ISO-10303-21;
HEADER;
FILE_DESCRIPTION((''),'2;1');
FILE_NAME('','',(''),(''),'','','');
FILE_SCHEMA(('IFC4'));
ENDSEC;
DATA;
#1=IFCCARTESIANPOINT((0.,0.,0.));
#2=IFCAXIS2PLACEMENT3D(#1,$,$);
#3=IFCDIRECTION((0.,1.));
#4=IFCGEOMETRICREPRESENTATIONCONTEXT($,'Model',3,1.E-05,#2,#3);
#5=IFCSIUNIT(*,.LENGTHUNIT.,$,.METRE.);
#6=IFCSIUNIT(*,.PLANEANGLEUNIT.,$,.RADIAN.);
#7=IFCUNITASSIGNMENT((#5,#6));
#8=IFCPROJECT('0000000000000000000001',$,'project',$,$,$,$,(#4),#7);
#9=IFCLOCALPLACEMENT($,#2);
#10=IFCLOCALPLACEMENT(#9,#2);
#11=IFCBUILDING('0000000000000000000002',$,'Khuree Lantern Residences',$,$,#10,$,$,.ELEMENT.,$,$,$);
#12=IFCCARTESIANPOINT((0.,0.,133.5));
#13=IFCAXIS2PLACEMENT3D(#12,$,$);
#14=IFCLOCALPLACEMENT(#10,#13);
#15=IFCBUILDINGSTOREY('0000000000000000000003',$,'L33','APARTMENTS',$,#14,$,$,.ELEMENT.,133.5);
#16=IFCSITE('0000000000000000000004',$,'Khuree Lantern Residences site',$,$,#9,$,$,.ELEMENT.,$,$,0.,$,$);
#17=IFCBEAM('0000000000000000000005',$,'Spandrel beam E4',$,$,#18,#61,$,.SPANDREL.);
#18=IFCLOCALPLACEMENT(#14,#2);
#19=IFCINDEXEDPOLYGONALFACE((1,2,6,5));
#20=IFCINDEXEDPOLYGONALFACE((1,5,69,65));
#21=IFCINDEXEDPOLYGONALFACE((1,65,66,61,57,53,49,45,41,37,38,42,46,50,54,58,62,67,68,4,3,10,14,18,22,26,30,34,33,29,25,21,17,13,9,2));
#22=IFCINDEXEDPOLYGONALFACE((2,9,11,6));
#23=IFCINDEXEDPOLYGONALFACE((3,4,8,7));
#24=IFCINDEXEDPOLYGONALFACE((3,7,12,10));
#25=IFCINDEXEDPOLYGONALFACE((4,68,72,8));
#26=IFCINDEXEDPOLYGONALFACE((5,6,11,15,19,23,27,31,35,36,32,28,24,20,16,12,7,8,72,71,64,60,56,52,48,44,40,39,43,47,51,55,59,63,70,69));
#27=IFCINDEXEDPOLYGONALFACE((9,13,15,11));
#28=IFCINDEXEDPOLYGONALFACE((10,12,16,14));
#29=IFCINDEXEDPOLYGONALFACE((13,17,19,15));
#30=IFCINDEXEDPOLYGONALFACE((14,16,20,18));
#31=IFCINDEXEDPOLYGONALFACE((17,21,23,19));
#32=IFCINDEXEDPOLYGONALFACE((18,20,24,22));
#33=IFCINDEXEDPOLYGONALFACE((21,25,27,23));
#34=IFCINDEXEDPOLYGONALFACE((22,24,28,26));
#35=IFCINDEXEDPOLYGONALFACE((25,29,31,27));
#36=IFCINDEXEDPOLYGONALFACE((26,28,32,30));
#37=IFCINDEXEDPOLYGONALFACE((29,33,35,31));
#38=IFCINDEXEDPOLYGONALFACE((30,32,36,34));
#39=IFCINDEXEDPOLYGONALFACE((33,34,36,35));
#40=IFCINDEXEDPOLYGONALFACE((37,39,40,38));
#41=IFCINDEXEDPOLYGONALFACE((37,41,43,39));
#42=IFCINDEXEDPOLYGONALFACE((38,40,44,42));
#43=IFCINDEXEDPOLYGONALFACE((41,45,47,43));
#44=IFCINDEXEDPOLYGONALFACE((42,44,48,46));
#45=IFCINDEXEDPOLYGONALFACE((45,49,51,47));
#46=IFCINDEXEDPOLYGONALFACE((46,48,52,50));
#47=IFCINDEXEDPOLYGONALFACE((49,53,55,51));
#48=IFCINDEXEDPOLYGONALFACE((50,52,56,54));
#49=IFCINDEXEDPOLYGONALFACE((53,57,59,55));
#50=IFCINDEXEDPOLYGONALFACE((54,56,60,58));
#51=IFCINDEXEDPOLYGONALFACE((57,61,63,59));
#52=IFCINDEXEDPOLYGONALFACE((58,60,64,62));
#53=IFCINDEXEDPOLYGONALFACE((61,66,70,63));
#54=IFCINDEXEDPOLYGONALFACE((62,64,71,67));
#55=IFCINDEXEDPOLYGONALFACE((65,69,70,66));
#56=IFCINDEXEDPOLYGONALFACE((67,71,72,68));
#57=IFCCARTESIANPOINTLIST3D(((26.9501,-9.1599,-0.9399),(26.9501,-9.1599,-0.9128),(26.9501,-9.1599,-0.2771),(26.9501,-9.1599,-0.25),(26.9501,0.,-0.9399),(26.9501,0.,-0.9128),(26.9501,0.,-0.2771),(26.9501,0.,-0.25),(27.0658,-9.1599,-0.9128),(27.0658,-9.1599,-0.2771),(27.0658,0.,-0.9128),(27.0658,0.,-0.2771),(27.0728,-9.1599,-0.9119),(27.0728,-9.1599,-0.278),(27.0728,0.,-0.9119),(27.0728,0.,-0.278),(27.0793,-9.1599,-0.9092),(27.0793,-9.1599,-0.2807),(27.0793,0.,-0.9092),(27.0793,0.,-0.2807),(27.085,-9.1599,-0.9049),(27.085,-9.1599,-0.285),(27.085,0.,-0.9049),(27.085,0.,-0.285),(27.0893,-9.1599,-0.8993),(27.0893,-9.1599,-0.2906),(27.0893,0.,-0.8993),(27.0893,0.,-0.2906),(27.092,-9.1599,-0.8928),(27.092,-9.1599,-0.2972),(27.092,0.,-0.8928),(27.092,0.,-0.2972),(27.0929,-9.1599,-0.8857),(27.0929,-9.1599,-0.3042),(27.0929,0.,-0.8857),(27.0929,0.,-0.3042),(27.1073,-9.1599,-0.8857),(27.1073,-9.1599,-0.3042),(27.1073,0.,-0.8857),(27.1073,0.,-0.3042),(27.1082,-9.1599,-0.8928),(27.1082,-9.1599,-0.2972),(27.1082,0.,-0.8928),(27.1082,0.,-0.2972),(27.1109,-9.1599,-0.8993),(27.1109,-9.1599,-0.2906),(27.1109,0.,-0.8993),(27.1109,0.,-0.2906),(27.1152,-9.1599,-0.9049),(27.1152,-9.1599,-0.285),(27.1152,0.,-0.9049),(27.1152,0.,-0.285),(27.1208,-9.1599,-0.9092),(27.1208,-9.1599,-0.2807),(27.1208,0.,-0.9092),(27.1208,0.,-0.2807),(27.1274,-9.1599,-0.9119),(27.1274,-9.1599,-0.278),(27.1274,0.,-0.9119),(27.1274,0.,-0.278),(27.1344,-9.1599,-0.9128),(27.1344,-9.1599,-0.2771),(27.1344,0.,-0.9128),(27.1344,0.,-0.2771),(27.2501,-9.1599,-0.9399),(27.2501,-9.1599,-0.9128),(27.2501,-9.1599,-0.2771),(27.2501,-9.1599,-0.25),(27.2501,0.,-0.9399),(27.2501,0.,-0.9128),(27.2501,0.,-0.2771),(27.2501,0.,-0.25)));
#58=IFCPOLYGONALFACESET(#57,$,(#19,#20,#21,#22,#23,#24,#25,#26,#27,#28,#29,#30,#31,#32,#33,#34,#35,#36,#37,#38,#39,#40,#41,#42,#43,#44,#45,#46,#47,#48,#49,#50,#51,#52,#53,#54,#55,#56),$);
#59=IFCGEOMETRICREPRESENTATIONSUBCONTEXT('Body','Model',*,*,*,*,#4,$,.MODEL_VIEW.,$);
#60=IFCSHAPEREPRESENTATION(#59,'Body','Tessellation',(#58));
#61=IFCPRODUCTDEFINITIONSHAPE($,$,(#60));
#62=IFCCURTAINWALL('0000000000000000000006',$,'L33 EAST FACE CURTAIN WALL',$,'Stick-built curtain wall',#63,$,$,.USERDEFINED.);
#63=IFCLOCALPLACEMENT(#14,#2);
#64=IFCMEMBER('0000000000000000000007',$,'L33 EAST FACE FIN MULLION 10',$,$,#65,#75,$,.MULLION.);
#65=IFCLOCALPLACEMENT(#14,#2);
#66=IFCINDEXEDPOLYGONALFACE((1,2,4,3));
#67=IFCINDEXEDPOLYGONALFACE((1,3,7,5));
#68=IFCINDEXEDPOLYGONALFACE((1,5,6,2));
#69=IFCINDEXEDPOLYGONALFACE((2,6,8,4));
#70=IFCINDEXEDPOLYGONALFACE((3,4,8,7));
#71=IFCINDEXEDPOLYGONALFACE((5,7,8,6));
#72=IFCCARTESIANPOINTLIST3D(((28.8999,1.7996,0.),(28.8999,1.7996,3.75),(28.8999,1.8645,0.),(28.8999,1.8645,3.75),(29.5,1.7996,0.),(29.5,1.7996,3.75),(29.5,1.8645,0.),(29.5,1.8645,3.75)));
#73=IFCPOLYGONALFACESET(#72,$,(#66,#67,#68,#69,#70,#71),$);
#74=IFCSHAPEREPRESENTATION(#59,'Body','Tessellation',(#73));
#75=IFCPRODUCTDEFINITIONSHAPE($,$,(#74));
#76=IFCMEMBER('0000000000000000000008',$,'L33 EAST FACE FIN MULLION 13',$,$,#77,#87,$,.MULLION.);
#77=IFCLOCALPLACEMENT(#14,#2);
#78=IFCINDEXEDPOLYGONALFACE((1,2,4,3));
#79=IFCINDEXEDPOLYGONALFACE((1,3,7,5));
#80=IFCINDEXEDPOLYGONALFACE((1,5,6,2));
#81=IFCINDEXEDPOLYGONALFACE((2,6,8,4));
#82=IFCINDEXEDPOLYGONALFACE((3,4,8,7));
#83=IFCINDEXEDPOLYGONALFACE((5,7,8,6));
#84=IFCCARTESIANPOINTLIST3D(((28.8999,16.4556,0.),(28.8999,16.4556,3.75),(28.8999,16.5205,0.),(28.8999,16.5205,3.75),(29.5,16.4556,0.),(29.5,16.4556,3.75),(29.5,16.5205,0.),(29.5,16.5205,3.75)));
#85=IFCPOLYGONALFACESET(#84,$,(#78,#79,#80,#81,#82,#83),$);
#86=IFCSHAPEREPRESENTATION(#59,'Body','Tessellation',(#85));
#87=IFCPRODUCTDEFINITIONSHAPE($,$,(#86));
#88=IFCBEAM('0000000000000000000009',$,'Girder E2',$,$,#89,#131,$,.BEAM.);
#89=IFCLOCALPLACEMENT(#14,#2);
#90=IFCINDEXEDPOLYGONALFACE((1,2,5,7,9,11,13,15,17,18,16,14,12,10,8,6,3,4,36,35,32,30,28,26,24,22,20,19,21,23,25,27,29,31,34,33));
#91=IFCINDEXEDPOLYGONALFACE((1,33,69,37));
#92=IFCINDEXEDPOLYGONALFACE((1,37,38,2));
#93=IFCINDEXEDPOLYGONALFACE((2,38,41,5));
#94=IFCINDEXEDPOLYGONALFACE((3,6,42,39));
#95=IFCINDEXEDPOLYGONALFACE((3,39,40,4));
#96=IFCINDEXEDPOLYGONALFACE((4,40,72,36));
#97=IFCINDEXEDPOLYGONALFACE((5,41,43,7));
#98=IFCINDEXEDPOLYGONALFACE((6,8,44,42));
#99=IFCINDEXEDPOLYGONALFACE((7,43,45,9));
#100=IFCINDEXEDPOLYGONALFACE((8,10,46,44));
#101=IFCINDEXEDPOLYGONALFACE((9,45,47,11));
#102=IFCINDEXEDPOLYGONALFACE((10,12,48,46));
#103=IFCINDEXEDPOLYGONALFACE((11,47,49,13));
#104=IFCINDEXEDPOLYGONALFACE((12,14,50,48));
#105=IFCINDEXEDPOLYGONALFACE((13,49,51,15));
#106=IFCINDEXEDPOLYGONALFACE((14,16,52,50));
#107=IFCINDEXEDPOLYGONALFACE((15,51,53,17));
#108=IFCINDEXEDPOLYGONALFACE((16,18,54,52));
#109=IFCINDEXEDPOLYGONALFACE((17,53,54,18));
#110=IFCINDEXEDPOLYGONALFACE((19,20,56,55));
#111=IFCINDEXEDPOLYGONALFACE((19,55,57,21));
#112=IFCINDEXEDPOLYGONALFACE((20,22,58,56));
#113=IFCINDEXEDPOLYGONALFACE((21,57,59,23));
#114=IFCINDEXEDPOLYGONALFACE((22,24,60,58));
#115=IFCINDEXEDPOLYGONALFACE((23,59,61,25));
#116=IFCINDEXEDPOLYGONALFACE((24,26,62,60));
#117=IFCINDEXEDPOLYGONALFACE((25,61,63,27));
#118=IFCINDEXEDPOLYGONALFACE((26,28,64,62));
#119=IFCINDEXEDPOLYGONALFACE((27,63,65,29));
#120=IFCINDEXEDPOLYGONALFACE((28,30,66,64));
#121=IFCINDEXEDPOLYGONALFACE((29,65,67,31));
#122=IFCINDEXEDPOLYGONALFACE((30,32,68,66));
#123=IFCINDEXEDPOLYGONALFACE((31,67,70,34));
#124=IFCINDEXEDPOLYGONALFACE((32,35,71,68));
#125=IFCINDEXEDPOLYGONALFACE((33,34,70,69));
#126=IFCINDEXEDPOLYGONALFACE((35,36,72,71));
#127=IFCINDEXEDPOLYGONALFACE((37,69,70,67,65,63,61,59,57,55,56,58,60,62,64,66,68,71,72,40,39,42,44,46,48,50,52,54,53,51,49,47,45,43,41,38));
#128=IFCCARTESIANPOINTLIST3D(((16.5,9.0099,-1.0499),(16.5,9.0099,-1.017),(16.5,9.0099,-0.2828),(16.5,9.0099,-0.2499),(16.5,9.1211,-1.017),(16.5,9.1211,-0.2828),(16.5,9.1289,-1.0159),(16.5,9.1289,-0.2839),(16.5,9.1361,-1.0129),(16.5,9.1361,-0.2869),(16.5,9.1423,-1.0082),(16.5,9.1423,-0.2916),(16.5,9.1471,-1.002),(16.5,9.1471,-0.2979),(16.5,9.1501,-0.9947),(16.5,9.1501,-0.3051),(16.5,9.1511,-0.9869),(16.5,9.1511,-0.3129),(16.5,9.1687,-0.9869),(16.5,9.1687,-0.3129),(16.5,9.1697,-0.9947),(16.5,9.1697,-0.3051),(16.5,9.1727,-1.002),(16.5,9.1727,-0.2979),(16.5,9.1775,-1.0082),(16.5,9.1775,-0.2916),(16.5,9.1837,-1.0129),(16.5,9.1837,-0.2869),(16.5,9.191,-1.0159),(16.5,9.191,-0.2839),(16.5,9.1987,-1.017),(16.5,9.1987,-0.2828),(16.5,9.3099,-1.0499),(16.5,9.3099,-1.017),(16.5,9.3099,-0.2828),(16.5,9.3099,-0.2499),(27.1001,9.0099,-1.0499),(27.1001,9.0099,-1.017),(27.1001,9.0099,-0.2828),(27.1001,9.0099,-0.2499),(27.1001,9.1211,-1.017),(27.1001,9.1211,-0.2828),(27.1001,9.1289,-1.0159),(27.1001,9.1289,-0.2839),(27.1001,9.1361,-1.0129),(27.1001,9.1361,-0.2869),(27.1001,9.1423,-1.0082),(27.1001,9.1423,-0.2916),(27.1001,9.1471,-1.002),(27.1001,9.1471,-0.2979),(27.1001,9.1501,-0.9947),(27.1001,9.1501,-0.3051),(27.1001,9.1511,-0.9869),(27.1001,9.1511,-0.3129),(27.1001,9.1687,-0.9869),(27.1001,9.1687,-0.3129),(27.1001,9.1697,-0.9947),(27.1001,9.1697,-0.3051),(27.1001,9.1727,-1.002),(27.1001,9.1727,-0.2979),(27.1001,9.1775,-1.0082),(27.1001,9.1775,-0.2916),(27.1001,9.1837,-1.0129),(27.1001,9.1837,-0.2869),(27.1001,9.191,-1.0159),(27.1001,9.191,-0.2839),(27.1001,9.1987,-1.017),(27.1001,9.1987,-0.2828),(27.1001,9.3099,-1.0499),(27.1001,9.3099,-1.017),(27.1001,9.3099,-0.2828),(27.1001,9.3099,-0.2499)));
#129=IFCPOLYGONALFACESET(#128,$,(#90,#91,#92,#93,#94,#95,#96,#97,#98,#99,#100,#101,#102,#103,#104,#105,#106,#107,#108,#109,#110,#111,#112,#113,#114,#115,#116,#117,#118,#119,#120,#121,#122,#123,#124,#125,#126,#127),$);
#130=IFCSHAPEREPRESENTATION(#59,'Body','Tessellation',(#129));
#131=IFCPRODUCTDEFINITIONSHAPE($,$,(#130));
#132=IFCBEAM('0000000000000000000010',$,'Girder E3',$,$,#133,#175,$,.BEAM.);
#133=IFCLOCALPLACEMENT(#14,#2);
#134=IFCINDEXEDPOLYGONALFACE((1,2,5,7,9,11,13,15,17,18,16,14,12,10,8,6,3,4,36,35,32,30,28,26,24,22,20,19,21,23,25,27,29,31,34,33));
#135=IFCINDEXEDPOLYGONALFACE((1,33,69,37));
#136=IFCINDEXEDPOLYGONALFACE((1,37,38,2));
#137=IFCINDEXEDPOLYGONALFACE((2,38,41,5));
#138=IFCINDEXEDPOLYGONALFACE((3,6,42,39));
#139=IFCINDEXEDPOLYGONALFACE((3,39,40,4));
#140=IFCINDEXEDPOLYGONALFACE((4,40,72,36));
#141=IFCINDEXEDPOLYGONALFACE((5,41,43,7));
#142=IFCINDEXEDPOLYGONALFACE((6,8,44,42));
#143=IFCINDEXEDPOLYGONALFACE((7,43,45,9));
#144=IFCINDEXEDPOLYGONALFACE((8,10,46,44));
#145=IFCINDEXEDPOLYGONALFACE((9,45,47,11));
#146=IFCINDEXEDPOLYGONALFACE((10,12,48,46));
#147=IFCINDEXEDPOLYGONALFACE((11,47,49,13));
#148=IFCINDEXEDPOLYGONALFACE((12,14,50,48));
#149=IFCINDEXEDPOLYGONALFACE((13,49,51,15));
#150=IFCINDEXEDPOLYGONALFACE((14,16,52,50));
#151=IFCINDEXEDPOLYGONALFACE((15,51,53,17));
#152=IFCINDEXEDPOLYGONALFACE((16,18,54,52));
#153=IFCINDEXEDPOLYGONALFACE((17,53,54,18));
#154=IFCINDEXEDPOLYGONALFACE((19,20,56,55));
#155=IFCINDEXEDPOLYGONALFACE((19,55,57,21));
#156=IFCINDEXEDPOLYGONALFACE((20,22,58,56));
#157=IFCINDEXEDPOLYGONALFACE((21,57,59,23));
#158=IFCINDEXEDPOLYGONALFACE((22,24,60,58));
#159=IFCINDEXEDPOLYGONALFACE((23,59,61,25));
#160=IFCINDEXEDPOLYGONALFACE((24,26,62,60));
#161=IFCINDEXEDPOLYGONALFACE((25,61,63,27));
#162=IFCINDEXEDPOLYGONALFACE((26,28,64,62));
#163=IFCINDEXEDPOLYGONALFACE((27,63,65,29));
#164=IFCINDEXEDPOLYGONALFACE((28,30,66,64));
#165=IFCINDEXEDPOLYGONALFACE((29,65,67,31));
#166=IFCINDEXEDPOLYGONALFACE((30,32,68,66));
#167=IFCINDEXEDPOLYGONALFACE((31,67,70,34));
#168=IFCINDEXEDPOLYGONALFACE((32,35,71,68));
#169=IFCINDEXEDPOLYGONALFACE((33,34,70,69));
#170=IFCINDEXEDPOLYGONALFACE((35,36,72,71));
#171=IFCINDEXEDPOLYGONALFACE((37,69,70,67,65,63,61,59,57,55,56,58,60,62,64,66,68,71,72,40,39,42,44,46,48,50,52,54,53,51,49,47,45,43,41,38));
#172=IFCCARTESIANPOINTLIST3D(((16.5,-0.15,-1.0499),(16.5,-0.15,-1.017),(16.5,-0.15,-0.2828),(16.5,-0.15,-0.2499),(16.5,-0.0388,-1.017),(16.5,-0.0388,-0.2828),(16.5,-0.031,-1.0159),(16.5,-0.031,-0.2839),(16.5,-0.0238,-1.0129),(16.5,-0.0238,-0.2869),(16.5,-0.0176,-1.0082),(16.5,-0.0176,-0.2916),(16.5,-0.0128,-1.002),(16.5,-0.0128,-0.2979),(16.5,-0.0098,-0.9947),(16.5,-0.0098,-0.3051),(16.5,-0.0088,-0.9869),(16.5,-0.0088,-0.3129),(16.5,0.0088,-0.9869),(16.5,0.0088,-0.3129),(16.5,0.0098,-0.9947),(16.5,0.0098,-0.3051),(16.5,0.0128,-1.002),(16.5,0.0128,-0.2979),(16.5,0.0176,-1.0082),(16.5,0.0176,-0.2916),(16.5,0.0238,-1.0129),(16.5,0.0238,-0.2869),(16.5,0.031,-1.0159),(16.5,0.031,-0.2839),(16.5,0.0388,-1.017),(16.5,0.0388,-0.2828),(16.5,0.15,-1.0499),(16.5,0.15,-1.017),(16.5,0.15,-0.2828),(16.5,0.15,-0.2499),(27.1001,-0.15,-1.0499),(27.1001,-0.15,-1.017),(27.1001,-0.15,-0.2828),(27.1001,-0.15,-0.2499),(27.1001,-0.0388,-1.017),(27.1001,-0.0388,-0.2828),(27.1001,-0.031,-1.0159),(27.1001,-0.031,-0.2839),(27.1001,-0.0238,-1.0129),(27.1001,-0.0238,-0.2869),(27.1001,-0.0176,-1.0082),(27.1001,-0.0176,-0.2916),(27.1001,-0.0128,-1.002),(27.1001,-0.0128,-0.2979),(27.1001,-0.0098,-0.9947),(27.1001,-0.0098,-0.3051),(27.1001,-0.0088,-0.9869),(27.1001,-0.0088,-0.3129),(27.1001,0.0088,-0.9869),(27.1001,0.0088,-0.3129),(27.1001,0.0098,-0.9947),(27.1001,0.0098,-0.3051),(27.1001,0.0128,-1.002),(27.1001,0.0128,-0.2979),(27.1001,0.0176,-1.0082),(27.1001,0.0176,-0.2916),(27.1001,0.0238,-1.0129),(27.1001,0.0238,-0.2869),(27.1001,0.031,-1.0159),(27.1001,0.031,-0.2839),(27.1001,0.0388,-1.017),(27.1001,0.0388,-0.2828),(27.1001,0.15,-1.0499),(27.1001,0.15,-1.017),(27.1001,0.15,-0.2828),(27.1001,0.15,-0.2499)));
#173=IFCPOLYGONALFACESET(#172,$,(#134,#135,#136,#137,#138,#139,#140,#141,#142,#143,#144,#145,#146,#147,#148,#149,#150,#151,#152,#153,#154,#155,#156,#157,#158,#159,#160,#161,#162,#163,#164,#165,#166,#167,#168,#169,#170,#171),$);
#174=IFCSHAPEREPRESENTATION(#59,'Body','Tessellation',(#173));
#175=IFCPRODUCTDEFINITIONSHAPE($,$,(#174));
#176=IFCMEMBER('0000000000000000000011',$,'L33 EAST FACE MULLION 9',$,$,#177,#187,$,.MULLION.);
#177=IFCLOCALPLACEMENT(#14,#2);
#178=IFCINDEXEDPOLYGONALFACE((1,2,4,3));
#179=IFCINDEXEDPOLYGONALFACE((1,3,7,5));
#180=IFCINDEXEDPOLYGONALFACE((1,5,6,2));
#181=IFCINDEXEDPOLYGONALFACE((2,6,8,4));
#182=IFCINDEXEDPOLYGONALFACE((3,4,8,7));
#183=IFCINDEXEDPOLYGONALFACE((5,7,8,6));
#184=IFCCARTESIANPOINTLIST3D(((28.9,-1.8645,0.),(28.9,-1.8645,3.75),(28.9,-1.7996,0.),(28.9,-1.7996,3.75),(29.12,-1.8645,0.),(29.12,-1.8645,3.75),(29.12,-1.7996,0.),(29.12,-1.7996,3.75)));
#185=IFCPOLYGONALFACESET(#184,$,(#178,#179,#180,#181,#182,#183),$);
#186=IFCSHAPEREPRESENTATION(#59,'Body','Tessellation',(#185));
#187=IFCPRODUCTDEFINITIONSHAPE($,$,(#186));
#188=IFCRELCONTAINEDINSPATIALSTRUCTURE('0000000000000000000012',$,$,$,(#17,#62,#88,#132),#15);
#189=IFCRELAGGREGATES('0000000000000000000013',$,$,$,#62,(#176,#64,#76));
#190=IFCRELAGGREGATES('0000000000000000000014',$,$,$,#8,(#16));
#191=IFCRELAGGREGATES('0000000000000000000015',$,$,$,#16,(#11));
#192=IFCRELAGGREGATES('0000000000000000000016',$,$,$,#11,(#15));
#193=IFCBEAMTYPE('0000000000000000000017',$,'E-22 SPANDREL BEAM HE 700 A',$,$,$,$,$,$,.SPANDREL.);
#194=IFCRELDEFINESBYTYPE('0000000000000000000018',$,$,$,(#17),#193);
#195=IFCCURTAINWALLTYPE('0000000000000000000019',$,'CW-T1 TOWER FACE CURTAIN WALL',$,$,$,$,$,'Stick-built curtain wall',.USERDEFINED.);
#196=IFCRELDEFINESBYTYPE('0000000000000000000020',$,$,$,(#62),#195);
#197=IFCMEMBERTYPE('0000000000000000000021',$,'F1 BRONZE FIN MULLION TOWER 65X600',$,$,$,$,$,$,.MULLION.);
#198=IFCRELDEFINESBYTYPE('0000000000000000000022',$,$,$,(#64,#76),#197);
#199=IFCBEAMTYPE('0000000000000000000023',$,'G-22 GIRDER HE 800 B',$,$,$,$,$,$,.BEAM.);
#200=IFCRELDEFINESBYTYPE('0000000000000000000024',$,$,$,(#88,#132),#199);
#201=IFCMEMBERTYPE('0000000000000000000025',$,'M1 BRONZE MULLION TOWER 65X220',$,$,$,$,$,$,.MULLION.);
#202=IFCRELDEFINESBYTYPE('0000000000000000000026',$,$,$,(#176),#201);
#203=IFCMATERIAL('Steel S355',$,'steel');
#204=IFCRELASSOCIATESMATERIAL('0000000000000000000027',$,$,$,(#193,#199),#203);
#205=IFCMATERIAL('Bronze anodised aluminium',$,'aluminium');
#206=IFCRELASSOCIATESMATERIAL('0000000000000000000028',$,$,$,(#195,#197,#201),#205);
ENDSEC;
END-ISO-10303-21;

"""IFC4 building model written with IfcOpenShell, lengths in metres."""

from ifc_helpers import new_model, si_unit, direction, frame, origin, origin_2d, place, context, subcontext, project, spatial, rectangle, i_section, extrude, material, material_profile, profile_set, type_object, element, aggregate, save


model = new_model("IFC4")

# Units and contexts
model_context = context("Model", 3, precision=1e-05, world=origin(), true_north=direction((0.0, 1.0)))
body_context = subcontext(model_context, "Body", "Model", "MODEL_VIEW")
ifc_project = project(units=[si_unit("LENGTHUNIT", "METRE"), si_unit("PLANEANGLEUNIT", "RADIAN")], contexts=[model_context])

# Site, building, storey
site_placement = place(None, origin())
site = spatial("IfcSite", under=ifc_project, at=site_placement, Name="Khuree Lantern Residences site", CompositionType="ELEMENT", RefElevation=0.0)
building_placement = place(site_placement, origin())
building = spatial("IfcBuilding", under=site, at=building_placement, Name="Khuree Lantern Residences", CompositionType="ELEMENT")
storey_placement = place(building_placement, frame((0.0, 0.0, 133.5)))
storey = spatial("IfcBuildingStorey", under=building, at=storey_placement, Name="L33", Description="APARTMENTS", CompositionType="ELEMENT", Elevation=133.5)

# Beam
ifc_material_1 = material(Name="Steel S355", Category="steel")
ifc_material_profile_1 = material_profile(ifc_material_1, i_section(OverallWidth=0.3, OverallDepth=0.6899, WebThickness=0.0144, FlangeThickness=0.0271, FilletRadius=0.0271, at=origin_2d()), Name="HE 700 A")
ifc_profile_set_1 = profile_set([ifc_material_profile_1], Name="Steel S355")
beam_type_1 = type_object("IfcBeamType", Name="E-22 SPANDREL BEAM HE 700 A", PredefinedType="SPANDREL", material=ifc_profile_set_1)
for number, where, z_axis, x_axis, name in (
    (1, (27.1001, 0.0, -0.595), (0.0, -1.0, 0.0), (1.0, 0.0, 0.0), "Spandrel beam E4"),
):
    element("IfcBeam", number, at=place(storey_placement, frame(where, z_axis=z_axis, x_axis=x_axis)), inside=storey, type_object=beam_type_1, Name=name, PredefinedType="SPANDREL", context=body_context, shape_type="SweptSolid", body=[
        extrude(i_section(OverallWidth=0.3, OverallDepth=0.6899, WebThickness=0.0144, FlangeThickness=0.0271, FilletRadius=0.0271, at=origin_2d()), origin(), (0.0, 0.0, 1.0), 9.1599),
    ])

# Curtain wall, members
ifc_material_2 = material(Name="Bronze anodised aluminium", Category="aluminium")
curtain_wall_type = type_object("IfcCurtainWallType", Name="CW-T1 TOWER FACE CURTAIN WALL", ElementType="Stick-built curtain wall", PredefinedType="USERDEFINED", material=ifc_material_2)
curtain_wall_placement = place(storey_placement, origin())
curtain_wall = element("IfcCurtainWall", 2, at=curtain_wall_placement, inside=storey, type_object=curtain_wall_type, Name="L33 EAST FACE CURTAIN WALL", ObjectType="Stick-built curtain wall", PredefinedType="USERDEFINED")
ifc_material_profile_2 = material_profile(ifc_material_2, rectangle(XDim=0.0649, YDim=0.6001, at=origin_2d()), Name="F1 65X600")
ifc_profile_set_2 = profile_set([ifc_material_profile_2], Name="Bronze anodised aluminium")
member_type_1 = type_object("IfcMemberType", Name="F1 BRONZE FIN MULLION TOWER 65X600", PredefinedType="MULLION", material=ifc_profile_set_2)
member_1_placement = place(storey_placement, frame((29.2, 1.832, 0.0), z_axis=(0.0, 0.0, 1.0), x_axis=(0.0, 1.0, 0.0)))
member_1 = element("IfcMember", 3, at=member_1_placement, type_object=member_type_1, Name="L33 EAST FACE FIN MULLION 10", PredefinedType="MULLION", context=body_context, shape_type="SweptSolid", body=[
    extrude(rectangle(XDim=0.0649, YDim=0.6001, at=origin_2d()), origin(), (0.0, 0.0, 1.0), 3.75),
])
member_2_placement = place(storey_placement, frame((29.2, 16.488, 0.0), z_axis=(0.0, 0.0, 1.0), x_axis=(0.0, 1.0, 0.0)))
member_2 = element("IfcMember", 4, at=member_2_placement, type_object=member_type_1, Name="L33 EAST FACE FIN MULLION 13", PredefinedType="MULLION", context=body_context, shape_type="SweptSolid", body=[
    extrude(rectangle(XDim=0.0649, YDim=0.6001, at=origin_2d()), origin(), (0.0, 0.0, 1.0), 3.75),
])

# Beams
ifc_material_profile_3 = material_profile(ifc_material_1, i_section(OverallWidth=0.3, OverallDepth=0.8, WebThickness=0.0176, FlangeThickness=0.033, FilletRadius=0.03, at=origin_2d()), Name="HE 800 B")
ifc_profile_set_3 = profile_set([ifc_material_profile_3], Name="Steel S355")
beam_type_2 = type_object("IfcBeamType", Name="G-22 GIRDER HE 800 B", PredefinedType="BEAM", material=ifc_profile_set_3)
for number, where, z_axis, x_axis, name in (
    (5, (27.1001, 9.1599, -0.6499), (-1.0, 0.0, 0.0), (0.0, -1.0, 0.0), "Girder E2"),
    (6, (27.1001, 0.0, -0.6499), (-1.0, 0.0, 0.0), (0.0, -1.0, 0.0), "Girder E3"),
):
    element("IfcBeam", number, at=place(storey_placement, frame(where, z_axis=z_axis, x_axis=x_axis)), inside=storey, type_object=beam_type_2, Name=name, PredefinedType="BEAM", context=body_context, shape_type="SweptSolid", body=[
        extrude(i_section(OverallWidth=0.3, OverallDepth=0.8, WebThickness=0.0176, FlangeThickness=0.033, FilletRadius=0.03, at=origin_2d()), origin(), (0.0, 0.0, 1.0), 10.6001),
    ])

# Member
ifc_material_profile_4 = material_profile(ifc_material_2, rectangle(XDim=0.0649, YDim=0.22, at=origin_2d()), Name="M1 65X220")
ifc_profile_set_4 = profile_set([ifc_material_profile_4], Name="Bronze anodised aluminium")
member_type_2 = type_object("IfcMemberType", Name="M1 BRONZE MULLION TOWER 65X220", PredefinedType="MULLION", material=ifc_profile_set_4)
member_3_placement = place(storey_placement, frame((29.01, -1.832, 0.0), z_axis=(0.0, 0.0, 1.0), x_axis=(0.0, 1.0, 0.0)))
member_3 = element("IfcMember", 7, at=member_3_placement, type_object=member_type_2, Name="L33 EAST FACE MULLION 9", PredefinedType="MULLION", context=body_context, shape_type="SweptSolid", body=[
    extrude(rectangle(XDim=0.0649, YDim=0.22, at=origin_2d()), origin(), (0.0, 0.0, 1.0), 3.75),
])

aggregate(curtain_wall, [member_3, member_1, member_2])

save(model, "model.ifc")
